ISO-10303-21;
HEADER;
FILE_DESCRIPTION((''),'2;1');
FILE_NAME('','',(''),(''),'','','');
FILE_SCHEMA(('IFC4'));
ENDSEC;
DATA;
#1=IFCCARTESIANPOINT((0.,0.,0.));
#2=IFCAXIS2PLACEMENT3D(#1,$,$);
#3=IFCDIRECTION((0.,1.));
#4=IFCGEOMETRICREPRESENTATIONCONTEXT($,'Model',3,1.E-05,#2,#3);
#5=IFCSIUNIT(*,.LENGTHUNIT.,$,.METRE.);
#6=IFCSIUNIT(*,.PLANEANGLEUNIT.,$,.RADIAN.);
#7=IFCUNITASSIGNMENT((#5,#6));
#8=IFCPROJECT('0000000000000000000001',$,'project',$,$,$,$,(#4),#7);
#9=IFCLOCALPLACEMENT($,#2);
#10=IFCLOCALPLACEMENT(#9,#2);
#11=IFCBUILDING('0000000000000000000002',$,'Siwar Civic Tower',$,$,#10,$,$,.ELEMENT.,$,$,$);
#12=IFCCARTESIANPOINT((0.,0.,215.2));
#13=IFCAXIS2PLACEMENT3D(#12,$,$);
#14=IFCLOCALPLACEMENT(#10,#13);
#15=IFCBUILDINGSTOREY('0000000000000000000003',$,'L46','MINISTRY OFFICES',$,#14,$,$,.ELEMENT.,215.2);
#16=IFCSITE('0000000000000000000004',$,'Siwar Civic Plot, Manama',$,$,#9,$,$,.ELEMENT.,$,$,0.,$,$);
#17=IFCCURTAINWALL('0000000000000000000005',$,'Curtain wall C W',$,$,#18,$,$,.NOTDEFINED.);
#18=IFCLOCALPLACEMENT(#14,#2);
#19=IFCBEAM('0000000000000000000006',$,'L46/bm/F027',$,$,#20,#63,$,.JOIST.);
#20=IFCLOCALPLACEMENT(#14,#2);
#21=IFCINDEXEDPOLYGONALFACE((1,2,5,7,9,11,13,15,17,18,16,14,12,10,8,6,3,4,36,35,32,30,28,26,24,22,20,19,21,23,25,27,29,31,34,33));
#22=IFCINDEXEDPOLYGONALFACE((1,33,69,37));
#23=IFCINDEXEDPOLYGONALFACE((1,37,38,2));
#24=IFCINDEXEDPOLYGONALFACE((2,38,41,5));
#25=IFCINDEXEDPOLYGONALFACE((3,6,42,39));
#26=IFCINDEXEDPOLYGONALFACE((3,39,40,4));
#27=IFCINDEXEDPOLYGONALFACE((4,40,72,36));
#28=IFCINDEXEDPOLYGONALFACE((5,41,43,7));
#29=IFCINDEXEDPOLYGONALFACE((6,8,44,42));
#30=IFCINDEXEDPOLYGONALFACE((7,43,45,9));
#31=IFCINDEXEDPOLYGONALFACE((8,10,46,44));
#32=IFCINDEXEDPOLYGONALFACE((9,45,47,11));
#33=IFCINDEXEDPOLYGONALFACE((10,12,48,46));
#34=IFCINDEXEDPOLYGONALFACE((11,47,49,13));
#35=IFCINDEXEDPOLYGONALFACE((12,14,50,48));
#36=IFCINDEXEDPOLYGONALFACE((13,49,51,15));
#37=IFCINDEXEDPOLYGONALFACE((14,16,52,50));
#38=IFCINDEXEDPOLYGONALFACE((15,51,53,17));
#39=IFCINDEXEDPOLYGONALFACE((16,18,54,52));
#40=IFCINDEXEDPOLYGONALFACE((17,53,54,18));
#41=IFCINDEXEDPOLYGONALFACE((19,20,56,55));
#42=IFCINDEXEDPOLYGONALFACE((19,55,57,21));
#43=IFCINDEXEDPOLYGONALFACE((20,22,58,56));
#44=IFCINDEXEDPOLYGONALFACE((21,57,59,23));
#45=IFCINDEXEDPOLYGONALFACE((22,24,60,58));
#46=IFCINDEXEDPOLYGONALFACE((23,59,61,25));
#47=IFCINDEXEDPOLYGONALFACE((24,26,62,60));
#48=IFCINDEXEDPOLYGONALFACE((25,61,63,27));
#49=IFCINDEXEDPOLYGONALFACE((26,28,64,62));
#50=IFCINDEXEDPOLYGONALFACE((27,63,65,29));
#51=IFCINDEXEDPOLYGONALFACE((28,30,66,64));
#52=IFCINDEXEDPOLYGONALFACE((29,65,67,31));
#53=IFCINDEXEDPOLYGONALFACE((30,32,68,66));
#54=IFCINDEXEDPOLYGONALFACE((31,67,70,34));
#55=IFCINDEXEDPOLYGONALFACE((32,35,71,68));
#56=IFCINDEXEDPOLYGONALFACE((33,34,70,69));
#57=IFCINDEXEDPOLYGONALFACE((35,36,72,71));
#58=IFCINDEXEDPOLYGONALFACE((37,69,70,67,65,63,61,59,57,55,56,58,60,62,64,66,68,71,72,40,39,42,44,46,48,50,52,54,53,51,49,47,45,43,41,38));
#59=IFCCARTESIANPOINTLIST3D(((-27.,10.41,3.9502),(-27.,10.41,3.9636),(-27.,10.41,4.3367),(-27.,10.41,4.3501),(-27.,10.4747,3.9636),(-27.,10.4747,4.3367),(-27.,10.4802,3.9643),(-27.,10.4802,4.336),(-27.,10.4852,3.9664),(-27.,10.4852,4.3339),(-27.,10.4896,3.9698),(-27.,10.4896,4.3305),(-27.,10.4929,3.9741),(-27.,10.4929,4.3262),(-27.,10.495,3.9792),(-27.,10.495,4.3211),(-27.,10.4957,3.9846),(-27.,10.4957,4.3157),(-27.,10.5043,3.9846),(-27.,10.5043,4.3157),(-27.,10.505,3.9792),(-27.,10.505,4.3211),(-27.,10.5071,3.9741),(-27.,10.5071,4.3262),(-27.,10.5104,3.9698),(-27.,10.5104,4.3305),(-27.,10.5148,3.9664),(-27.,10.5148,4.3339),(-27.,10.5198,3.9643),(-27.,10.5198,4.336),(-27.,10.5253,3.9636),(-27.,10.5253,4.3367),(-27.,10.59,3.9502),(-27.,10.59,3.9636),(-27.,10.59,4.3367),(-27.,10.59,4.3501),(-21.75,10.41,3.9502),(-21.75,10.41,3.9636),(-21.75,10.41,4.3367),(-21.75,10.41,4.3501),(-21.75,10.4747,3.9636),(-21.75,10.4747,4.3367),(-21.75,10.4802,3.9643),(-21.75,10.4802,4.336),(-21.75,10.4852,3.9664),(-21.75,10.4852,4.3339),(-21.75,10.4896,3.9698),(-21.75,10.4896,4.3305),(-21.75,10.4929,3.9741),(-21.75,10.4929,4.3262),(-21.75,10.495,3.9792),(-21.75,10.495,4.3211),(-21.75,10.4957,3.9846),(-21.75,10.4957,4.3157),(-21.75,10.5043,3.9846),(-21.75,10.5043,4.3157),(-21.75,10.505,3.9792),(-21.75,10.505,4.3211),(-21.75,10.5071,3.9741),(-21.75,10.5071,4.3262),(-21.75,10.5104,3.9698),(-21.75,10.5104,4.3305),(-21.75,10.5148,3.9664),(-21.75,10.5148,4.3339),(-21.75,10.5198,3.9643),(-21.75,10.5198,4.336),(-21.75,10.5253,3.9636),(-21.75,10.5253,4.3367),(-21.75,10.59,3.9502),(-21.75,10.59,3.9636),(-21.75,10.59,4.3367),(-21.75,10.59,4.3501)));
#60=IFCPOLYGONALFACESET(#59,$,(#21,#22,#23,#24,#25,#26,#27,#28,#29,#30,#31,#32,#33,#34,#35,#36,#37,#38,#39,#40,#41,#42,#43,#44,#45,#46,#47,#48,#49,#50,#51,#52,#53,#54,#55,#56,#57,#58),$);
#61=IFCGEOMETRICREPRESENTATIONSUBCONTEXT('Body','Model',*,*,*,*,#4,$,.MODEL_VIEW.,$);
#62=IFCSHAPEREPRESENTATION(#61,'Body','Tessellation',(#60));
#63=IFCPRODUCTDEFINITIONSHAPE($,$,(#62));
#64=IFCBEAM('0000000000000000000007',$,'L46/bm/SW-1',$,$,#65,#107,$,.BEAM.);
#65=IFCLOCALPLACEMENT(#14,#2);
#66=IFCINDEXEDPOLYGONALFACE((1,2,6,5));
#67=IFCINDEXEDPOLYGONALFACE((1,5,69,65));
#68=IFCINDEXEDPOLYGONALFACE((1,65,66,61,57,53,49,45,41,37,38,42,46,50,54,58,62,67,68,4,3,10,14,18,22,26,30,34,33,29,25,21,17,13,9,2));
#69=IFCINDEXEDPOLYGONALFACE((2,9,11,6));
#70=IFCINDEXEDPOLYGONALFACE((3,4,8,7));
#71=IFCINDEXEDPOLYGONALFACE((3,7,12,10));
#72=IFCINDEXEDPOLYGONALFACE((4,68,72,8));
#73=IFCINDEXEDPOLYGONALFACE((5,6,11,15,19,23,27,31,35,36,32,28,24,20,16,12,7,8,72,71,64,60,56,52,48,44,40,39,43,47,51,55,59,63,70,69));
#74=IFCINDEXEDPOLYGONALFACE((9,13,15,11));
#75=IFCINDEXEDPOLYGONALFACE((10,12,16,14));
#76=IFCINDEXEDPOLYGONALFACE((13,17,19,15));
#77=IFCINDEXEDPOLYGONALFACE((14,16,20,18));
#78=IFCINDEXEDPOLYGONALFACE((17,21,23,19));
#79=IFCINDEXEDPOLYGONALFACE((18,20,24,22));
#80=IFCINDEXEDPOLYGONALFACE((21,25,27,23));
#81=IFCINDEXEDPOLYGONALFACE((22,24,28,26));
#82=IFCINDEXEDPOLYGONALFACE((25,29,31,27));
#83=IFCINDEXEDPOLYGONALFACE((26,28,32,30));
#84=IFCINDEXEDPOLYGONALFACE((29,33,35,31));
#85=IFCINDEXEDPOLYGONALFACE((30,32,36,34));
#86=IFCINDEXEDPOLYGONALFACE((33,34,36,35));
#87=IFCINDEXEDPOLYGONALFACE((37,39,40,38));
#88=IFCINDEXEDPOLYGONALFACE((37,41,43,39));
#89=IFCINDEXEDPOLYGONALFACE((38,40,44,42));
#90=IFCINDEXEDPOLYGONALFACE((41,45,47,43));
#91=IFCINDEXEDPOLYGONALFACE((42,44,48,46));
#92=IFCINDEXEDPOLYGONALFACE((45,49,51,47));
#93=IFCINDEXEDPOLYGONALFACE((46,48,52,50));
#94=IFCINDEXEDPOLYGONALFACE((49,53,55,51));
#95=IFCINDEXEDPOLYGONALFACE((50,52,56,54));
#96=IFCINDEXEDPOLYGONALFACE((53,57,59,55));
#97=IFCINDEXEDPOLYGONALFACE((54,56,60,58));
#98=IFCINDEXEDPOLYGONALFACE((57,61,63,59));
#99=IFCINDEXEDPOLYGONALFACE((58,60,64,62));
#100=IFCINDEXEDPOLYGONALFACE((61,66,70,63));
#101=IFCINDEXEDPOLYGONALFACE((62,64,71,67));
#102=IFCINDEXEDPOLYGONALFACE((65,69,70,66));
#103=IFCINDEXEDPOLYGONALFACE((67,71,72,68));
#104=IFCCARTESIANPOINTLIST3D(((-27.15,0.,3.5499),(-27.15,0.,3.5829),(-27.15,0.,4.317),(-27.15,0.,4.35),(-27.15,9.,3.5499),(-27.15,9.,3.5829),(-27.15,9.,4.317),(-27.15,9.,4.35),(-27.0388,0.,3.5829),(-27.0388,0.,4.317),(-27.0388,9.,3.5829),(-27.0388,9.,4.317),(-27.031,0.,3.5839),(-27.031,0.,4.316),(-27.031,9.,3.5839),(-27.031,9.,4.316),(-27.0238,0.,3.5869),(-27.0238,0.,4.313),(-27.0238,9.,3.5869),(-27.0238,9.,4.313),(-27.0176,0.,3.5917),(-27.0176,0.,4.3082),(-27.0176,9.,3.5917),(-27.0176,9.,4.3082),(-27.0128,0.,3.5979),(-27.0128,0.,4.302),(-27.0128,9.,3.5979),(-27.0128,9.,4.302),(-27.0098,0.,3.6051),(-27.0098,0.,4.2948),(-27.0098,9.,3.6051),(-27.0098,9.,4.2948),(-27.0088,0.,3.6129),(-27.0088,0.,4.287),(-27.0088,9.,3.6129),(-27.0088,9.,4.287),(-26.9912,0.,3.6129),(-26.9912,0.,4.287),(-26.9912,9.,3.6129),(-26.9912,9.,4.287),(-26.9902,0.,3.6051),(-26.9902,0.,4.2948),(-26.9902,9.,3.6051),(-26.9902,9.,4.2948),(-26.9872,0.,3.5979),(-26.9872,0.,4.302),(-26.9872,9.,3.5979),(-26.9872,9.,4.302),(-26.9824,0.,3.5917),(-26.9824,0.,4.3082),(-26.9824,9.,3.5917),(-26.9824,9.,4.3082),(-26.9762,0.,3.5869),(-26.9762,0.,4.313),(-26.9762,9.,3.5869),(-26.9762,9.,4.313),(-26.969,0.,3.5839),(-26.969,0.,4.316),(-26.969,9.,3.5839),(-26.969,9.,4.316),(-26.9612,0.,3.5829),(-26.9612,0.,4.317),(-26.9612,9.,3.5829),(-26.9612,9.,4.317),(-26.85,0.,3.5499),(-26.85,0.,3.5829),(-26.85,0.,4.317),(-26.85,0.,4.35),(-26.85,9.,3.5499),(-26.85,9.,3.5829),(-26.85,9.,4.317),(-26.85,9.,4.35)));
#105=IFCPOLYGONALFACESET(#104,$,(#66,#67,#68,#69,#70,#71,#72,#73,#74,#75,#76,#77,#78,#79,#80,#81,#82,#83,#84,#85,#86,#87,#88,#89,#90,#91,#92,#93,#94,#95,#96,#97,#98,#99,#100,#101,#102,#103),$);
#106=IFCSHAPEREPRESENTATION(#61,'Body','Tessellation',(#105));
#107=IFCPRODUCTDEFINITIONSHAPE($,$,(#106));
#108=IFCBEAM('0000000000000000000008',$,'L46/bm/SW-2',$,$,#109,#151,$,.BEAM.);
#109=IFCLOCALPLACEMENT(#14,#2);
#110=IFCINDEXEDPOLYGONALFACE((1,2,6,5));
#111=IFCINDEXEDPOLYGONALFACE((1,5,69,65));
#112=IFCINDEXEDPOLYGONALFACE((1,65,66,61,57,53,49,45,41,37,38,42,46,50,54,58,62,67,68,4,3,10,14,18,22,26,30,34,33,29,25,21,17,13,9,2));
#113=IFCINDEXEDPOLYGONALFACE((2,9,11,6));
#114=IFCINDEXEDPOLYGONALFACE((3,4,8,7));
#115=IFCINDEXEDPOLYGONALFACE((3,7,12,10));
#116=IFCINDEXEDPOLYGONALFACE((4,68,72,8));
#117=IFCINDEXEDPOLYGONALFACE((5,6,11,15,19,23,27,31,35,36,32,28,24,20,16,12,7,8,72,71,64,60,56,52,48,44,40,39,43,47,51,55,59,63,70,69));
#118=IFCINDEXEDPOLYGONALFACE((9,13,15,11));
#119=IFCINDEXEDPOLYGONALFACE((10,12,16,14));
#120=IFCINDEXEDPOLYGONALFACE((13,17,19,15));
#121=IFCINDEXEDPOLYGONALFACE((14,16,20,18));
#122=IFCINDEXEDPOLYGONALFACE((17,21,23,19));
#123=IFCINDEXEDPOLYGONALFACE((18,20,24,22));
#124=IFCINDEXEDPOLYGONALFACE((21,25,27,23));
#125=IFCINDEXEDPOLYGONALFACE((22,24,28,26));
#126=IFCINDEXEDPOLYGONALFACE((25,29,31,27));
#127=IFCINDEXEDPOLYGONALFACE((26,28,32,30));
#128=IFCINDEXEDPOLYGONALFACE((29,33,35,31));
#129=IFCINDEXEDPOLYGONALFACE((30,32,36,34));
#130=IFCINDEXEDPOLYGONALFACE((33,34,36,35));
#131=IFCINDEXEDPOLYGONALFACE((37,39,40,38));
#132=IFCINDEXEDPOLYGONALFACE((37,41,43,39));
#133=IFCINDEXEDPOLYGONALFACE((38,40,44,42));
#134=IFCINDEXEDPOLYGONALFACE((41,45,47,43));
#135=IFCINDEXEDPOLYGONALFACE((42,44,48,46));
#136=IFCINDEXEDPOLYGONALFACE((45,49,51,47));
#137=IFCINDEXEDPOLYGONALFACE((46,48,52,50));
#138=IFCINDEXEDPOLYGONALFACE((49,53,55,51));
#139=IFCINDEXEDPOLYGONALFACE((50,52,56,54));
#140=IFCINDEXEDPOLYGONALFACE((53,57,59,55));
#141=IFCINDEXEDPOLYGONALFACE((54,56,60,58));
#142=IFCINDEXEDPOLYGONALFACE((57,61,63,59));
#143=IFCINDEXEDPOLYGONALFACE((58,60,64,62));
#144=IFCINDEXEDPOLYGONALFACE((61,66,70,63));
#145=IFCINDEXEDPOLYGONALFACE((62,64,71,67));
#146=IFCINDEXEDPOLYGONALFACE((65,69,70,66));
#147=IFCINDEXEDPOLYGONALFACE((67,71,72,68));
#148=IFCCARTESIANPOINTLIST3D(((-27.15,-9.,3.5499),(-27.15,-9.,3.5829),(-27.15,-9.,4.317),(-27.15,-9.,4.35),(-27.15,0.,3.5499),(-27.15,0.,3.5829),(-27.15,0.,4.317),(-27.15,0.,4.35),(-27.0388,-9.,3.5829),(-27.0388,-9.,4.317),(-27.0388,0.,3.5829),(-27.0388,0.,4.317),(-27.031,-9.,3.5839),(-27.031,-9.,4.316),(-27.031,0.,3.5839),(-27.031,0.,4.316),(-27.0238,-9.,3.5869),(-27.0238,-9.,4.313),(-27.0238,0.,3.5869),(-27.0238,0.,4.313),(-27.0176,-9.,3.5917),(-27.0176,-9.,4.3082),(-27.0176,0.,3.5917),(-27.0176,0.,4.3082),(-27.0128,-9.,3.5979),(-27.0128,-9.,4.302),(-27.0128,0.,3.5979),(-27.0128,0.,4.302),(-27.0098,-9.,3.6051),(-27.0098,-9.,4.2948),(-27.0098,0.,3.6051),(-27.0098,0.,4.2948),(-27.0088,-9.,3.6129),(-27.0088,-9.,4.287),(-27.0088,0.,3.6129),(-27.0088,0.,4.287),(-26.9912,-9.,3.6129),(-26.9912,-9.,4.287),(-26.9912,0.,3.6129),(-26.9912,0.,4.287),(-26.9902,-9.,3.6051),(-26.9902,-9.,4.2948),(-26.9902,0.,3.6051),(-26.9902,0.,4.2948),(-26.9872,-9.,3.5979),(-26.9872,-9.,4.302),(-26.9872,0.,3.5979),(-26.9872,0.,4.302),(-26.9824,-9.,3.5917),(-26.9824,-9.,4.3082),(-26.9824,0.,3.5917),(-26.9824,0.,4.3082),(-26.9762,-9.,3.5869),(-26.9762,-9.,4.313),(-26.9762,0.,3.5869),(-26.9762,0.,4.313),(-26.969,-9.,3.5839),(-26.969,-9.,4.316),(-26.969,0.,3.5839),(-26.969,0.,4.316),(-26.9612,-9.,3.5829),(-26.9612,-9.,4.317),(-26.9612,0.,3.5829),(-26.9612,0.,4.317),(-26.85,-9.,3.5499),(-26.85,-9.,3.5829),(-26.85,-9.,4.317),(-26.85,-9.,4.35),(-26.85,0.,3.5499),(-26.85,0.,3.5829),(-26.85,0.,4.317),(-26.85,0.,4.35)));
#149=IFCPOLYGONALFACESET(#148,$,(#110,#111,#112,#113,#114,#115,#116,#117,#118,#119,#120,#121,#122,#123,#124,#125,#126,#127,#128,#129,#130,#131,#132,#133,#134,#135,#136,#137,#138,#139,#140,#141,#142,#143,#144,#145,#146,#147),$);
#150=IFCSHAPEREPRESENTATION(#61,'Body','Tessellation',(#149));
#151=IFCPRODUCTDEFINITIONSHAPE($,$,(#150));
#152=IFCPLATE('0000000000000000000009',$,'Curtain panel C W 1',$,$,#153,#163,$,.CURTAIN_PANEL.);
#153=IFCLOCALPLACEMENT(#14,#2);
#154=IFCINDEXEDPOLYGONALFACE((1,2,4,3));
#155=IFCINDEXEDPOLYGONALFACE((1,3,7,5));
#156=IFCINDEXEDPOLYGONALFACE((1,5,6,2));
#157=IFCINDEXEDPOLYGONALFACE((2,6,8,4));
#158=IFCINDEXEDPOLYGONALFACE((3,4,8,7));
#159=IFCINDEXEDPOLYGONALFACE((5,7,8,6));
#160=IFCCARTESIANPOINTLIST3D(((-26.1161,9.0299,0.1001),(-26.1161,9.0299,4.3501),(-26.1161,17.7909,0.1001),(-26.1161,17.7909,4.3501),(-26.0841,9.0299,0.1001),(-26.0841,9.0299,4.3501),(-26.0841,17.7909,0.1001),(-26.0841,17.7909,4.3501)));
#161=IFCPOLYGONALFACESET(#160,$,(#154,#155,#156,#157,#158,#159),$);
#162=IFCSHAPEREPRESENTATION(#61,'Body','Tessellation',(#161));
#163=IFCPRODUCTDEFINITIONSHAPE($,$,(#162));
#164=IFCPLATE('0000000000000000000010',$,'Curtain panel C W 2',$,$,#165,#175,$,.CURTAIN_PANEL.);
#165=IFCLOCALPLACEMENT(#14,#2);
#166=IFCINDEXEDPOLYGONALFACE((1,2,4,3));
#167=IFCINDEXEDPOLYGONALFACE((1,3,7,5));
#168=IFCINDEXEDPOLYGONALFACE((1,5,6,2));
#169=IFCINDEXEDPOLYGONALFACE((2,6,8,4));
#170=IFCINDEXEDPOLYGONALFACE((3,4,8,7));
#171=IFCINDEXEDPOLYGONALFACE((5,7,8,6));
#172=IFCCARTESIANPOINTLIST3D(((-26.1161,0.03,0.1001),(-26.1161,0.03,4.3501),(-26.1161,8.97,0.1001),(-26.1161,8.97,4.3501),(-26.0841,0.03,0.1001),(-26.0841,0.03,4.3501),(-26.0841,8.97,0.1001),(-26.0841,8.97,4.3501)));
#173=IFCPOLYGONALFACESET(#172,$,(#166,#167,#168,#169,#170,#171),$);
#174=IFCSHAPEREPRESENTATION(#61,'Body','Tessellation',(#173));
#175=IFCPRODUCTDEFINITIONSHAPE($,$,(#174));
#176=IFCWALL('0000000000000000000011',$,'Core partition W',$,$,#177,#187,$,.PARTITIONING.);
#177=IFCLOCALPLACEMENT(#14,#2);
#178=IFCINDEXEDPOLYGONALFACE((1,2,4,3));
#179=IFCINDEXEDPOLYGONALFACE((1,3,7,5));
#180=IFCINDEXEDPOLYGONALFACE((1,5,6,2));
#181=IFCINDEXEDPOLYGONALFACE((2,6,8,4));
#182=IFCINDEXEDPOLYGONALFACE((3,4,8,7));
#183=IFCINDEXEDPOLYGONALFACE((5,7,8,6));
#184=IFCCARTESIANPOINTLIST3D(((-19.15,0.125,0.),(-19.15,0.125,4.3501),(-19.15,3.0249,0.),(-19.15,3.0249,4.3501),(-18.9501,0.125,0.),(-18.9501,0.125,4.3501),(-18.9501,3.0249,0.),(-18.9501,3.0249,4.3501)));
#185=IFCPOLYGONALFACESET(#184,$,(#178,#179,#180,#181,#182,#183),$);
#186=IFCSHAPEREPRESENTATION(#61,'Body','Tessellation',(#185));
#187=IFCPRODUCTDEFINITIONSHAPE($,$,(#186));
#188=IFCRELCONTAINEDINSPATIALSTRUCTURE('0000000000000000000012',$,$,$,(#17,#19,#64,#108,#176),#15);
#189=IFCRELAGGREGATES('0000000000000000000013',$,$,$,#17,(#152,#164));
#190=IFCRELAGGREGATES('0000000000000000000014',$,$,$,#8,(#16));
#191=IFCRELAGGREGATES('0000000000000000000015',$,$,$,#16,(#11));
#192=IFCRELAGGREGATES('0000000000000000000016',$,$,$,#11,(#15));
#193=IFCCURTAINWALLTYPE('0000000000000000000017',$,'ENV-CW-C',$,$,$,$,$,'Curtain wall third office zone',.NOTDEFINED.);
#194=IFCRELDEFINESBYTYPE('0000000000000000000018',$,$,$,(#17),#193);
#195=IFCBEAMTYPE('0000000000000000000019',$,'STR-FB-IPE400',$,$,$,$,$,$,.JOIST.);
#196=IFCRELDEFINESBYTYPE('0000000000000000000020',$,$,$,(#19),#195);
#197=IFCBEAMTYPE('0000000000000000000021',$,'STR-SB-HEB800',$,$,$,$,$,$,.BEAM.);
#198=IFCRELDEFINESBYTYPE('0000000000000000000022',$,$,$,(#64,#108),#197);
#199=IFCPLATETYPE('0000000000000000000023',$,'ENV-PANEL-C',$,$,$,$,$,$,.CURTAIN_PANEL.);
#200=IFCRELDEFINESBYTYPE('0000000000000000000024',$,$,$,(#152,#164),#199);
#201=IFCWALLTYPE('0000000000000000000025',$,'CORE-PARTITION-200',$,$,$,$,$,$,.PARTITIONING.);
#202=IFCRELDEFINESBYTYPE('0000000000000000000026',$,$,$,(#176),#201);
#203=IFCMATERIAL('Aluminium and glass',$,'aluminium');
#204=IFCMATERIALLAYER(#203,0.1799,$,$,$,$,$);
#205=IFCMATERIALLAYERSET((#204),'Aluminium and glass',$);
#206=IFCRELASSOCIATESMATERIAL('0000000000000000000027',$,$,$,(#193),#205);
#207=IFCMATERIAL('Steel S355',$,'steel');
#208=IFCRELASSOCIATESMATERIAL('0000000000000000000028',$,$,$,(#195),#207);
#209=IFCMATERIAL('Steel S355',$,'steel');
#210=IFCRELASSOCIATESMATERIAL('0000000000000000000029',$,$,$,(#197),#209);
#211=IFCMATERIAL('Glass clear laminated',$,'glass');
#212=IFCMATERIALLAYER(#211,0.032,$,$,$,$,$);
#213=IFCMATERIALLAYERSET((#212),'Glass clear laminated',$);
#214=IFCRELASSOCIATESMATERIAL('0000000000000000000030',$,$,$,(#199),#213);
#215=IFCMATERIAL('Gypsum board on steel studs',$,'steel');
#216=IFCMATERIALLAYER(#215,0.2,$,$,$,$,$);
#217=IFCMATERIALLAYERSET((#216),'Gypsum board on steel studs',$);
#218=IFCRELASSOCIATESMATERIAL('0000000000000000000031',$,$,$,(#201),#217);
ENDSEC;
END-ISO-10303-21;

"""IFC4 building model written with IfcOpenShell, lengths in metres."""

from ifc_helpers import new_model, si_unit, direction, frame, frame_2d, origin, origin_2d, place, context, subcontext, project, spatial, rectangle, i_section, extrude, material, layer, layer_set, material_profile, profile_set, type_object, element, aggregate, save


model = new_model("IFC4")

# Units and contexts
model_context = context("Model", 3, precision=1e-05, world=origin(), true_north=direction((0.0, 1.0)))
body_context = subcontext(model_context, "Body", "Model", "MODEL_VIEW")
ifc_project = project(units=[si_unit("LENGTHUNIT", "METRE"), si_unit("PLANEANGLEUNIT", "RADIAN")], contexts=[model_context])

# Site, building, storey
site_placement = place(None, origin())
site = spatial("IfcSite", under=ifc_project, at=site_placement, Name="Siwar Civic Plot, Manama", CompositionType="ELEMENT", RefElevation=0.0)
building_placement = place(site_placement, origin())
building = spatial("IfcBuilding", under=site, at=building_placement, Name="Siwar Civic Tower", CompositionType="ELEMENT")
storey_placement = place(building_placement, frame((0.0, 0.0, 215.2)))
storey = spatial("IfcBuildingStorey", under=building, at=storey_placement, Name="L46", Description="MINISTRY OFFICES", CompositionType="ELEMENT", Elevation=215.2)

# Curtain wall
ifc_material_1 = material(Name="Aluminium and glass", Category="aluminium")
ifc_layer_1 = layer(ifc_material_1, 0.1799)
ifc_layer_set_1 = layer_set([ifc_layer_1], Name="Aluminium and glass")
curtain_wall_type = type_object("IfcCurtainWallType", Name="ENV-CW-C", ElementType="Curtain wall third office zone", PredefinedType="NOTDEFINED", material=ifc_layer_set_1)
curtain_wall_placement = place(storey_placement, origin())
curtain_wall = element("IfcCurtainWall", 1, at=curtain_wall_placement, inside=storey, type_object=curtain_wall_type, Name="Curtain wall C W", PredefinedType="NOTDEFINED")

# Beams
ifc_material_2 = material(Name="Steel S355", Category="steel")
ifc_material_profile_1 = material_profile(ifc_material_2, i_section(OverallWidth=0.1799, OverallDepth=0.3999, WebThickness=0.0085, FlangeThickness=0.0134, FilletRadius=0.021, at=origin_2d()), Name="IPE400")
ifc_profile_set_1 = profile_set([ifc_material_profile_1], Name="Steel S355")
beam_type_1 = type_object("IfcBeamType", Name="STR-FB-IPE400", PredefinedType="JOIST", material=ifc_profile_set_1)
for number, where, z_axis, x_axis, name in (
    (2, (-27.0, 10.5, 4.1501), (1.0, 0.0, 0.0), (0.0, 1.0, 0.0), "L46/bm/F027"),
):
    element("IfcBeam", number, at=place(storey_placement, frame(where, z_axis=z_axis, x_axis=x_axis)), inside=storey, type_object=beam_type_1, Name=name, PredefinedType="JOIST", context=body_context, shape_type="SweptSolid", body=[
        extrude(i_section(OverallWidth=0.1799, OverallDepth=0.3999, WebThickness=0.0085, FlangeThickness=0.0134, FilletRadius=0.021, at=origin_2d()), origin(), (0.0, 0.0, 1.0), 5.25),
    ])
ifc_material_3 = material(Name="Steel S355", Category="steel")
ifc_material_profile_2 = material_profile(ifc_material_3, i_section(OverallWidth=0.3, OverallDepth=0.8, WebThickness=0.0176, FlangeThickness=0.033, FilletRadius=0.03, at=origin_2d()), Name="HEB800")
ifc_profile_set_2 = profile_set([ifc_material_profile_2], Name="Steel S355")
beam_type_2 = type_object("IfcBeamType", Name="STR-SB-HEB800", PredefinedType="BEAM", material=ifc_profile_set_2)
for number, where, z_axis, x_axis, name in (
    (3, (-27.0, 9.0, 3.95), (0.0, -1.0, 0.0), (1.0, 0.0, 0.0), "L46/bm/SW-1"),
    (4, (-27.0, 0.0, 3.95), (0.0, -1.0, 0.0), (1.0, 0.0, 0.0), "L46/bm/SW-2"),
):
    element("IfcBeam", number, at=place(storey_placement, frame(where, z_axis=z_axis, x_axis=x_axis)), inside=storey, type_object=beam_type_2, Name=name, PredefinedType="BEAM", context=body_context, shape_type="SweptSolid", body=[
        extrude(i_section(OverallWidth=0.3, OverallDepth=0.8, WebThickness=0.0176, FlangeThickness=0.033, FilletRadius=0.03, at=origin_2d()), origin(), (0.0, 0.0, 1.0), 9.0),
    ])

# Plates
ifc_material_4 = material(Name="Glass clear laminated", Category="glass")
ifc_layer_2 = layer(ifc_material_4, 0.032)
ifc_layer_set_2 = layer_set([ifc_layer_2], Name="Glass clear laminated")
plate_type = type_object("IfcPlateType", Name="ENV-PANEL-C", PredefinedType="CURTAIN_PANEL", material=ifc_layer_set_2)
plate_1_placement = place(storey_placement, frame((-26.1001, 13.4104, 0.1001), z_axis=(0.0, 0.0, 1.0), x_axis=(0.0, -1.0, 0.0)))
plate_1 = element("IfcPlate", 5, at=plate_1_placement, type_object=plate_type, Name="Curtain panel C W 1", PredefinedType="CURTAIN_PANEL", context=body_context, shape_type="SweptSolid", body=[
    extrude(rectangle(XDim=8.761, YDim=0.032, at=origin_2d()), origin(), (0.0, 0.0, 1.0), 4.25),
])
plate_2_placement = place(storey_placement, frame((-26.1001, 4.5, 0.1001), z_axis=(0.0, 0.0, 1.0), x_axis=(0.0, -1.0, 0.0)))
plate_2 = element("IfcPlate", 6, at=plate_2_placement, type_object=plate_type, Name="Curtain panel C W 2", PredefinedType="CURTAIN_PANEL", context=body_context, shape_type="SweptSolid", body=[
    extrude(rectangle(XDim=8.9399, YDim=0.032, at=origin_2d()), origin(), (0.0, 0.0, 1.0), 4.25),
])
aggregate(curtain_wall, [plate_1, plate_2])

# Wall
ifc_material_5 = material(Name="Gypsum board on steel studs", Category="steel")
ifc_layer_3 = layer(ifc_material_5, 0.2)
ifc_layer_set_3 = layer_set([ifc_layer_3], Name="Gypsum board on steel studs")
wall_type_1 = type_object("IfcWallType", Name="CORE-PARTITION-200", PredefinedType="PARTITIONING", material=ifc_layer_set_3)
wall_1_placement = place(storey_placement, frame((-19.05, 0.125, 0.0), z_axis=(0.0, 0.0, 1.0), x_axis=(0.0, 1.0, 0.0)))
element("IfcWall", 7, at=wall_1_placement, inside=storey, type_object=wall_type_1, Name="Core partition W", PredefinedType="PARTITIONING", context=body_context, shape_type="SweptSolid", body=[
    extrude(rectangle(XDim=2.8999, YDim=0.2, at=frame_2d((1.45, 0.0))), origin(), (0.0, 0.0, 1.0), 4.3501),
])

save(model, "model.ifc")
